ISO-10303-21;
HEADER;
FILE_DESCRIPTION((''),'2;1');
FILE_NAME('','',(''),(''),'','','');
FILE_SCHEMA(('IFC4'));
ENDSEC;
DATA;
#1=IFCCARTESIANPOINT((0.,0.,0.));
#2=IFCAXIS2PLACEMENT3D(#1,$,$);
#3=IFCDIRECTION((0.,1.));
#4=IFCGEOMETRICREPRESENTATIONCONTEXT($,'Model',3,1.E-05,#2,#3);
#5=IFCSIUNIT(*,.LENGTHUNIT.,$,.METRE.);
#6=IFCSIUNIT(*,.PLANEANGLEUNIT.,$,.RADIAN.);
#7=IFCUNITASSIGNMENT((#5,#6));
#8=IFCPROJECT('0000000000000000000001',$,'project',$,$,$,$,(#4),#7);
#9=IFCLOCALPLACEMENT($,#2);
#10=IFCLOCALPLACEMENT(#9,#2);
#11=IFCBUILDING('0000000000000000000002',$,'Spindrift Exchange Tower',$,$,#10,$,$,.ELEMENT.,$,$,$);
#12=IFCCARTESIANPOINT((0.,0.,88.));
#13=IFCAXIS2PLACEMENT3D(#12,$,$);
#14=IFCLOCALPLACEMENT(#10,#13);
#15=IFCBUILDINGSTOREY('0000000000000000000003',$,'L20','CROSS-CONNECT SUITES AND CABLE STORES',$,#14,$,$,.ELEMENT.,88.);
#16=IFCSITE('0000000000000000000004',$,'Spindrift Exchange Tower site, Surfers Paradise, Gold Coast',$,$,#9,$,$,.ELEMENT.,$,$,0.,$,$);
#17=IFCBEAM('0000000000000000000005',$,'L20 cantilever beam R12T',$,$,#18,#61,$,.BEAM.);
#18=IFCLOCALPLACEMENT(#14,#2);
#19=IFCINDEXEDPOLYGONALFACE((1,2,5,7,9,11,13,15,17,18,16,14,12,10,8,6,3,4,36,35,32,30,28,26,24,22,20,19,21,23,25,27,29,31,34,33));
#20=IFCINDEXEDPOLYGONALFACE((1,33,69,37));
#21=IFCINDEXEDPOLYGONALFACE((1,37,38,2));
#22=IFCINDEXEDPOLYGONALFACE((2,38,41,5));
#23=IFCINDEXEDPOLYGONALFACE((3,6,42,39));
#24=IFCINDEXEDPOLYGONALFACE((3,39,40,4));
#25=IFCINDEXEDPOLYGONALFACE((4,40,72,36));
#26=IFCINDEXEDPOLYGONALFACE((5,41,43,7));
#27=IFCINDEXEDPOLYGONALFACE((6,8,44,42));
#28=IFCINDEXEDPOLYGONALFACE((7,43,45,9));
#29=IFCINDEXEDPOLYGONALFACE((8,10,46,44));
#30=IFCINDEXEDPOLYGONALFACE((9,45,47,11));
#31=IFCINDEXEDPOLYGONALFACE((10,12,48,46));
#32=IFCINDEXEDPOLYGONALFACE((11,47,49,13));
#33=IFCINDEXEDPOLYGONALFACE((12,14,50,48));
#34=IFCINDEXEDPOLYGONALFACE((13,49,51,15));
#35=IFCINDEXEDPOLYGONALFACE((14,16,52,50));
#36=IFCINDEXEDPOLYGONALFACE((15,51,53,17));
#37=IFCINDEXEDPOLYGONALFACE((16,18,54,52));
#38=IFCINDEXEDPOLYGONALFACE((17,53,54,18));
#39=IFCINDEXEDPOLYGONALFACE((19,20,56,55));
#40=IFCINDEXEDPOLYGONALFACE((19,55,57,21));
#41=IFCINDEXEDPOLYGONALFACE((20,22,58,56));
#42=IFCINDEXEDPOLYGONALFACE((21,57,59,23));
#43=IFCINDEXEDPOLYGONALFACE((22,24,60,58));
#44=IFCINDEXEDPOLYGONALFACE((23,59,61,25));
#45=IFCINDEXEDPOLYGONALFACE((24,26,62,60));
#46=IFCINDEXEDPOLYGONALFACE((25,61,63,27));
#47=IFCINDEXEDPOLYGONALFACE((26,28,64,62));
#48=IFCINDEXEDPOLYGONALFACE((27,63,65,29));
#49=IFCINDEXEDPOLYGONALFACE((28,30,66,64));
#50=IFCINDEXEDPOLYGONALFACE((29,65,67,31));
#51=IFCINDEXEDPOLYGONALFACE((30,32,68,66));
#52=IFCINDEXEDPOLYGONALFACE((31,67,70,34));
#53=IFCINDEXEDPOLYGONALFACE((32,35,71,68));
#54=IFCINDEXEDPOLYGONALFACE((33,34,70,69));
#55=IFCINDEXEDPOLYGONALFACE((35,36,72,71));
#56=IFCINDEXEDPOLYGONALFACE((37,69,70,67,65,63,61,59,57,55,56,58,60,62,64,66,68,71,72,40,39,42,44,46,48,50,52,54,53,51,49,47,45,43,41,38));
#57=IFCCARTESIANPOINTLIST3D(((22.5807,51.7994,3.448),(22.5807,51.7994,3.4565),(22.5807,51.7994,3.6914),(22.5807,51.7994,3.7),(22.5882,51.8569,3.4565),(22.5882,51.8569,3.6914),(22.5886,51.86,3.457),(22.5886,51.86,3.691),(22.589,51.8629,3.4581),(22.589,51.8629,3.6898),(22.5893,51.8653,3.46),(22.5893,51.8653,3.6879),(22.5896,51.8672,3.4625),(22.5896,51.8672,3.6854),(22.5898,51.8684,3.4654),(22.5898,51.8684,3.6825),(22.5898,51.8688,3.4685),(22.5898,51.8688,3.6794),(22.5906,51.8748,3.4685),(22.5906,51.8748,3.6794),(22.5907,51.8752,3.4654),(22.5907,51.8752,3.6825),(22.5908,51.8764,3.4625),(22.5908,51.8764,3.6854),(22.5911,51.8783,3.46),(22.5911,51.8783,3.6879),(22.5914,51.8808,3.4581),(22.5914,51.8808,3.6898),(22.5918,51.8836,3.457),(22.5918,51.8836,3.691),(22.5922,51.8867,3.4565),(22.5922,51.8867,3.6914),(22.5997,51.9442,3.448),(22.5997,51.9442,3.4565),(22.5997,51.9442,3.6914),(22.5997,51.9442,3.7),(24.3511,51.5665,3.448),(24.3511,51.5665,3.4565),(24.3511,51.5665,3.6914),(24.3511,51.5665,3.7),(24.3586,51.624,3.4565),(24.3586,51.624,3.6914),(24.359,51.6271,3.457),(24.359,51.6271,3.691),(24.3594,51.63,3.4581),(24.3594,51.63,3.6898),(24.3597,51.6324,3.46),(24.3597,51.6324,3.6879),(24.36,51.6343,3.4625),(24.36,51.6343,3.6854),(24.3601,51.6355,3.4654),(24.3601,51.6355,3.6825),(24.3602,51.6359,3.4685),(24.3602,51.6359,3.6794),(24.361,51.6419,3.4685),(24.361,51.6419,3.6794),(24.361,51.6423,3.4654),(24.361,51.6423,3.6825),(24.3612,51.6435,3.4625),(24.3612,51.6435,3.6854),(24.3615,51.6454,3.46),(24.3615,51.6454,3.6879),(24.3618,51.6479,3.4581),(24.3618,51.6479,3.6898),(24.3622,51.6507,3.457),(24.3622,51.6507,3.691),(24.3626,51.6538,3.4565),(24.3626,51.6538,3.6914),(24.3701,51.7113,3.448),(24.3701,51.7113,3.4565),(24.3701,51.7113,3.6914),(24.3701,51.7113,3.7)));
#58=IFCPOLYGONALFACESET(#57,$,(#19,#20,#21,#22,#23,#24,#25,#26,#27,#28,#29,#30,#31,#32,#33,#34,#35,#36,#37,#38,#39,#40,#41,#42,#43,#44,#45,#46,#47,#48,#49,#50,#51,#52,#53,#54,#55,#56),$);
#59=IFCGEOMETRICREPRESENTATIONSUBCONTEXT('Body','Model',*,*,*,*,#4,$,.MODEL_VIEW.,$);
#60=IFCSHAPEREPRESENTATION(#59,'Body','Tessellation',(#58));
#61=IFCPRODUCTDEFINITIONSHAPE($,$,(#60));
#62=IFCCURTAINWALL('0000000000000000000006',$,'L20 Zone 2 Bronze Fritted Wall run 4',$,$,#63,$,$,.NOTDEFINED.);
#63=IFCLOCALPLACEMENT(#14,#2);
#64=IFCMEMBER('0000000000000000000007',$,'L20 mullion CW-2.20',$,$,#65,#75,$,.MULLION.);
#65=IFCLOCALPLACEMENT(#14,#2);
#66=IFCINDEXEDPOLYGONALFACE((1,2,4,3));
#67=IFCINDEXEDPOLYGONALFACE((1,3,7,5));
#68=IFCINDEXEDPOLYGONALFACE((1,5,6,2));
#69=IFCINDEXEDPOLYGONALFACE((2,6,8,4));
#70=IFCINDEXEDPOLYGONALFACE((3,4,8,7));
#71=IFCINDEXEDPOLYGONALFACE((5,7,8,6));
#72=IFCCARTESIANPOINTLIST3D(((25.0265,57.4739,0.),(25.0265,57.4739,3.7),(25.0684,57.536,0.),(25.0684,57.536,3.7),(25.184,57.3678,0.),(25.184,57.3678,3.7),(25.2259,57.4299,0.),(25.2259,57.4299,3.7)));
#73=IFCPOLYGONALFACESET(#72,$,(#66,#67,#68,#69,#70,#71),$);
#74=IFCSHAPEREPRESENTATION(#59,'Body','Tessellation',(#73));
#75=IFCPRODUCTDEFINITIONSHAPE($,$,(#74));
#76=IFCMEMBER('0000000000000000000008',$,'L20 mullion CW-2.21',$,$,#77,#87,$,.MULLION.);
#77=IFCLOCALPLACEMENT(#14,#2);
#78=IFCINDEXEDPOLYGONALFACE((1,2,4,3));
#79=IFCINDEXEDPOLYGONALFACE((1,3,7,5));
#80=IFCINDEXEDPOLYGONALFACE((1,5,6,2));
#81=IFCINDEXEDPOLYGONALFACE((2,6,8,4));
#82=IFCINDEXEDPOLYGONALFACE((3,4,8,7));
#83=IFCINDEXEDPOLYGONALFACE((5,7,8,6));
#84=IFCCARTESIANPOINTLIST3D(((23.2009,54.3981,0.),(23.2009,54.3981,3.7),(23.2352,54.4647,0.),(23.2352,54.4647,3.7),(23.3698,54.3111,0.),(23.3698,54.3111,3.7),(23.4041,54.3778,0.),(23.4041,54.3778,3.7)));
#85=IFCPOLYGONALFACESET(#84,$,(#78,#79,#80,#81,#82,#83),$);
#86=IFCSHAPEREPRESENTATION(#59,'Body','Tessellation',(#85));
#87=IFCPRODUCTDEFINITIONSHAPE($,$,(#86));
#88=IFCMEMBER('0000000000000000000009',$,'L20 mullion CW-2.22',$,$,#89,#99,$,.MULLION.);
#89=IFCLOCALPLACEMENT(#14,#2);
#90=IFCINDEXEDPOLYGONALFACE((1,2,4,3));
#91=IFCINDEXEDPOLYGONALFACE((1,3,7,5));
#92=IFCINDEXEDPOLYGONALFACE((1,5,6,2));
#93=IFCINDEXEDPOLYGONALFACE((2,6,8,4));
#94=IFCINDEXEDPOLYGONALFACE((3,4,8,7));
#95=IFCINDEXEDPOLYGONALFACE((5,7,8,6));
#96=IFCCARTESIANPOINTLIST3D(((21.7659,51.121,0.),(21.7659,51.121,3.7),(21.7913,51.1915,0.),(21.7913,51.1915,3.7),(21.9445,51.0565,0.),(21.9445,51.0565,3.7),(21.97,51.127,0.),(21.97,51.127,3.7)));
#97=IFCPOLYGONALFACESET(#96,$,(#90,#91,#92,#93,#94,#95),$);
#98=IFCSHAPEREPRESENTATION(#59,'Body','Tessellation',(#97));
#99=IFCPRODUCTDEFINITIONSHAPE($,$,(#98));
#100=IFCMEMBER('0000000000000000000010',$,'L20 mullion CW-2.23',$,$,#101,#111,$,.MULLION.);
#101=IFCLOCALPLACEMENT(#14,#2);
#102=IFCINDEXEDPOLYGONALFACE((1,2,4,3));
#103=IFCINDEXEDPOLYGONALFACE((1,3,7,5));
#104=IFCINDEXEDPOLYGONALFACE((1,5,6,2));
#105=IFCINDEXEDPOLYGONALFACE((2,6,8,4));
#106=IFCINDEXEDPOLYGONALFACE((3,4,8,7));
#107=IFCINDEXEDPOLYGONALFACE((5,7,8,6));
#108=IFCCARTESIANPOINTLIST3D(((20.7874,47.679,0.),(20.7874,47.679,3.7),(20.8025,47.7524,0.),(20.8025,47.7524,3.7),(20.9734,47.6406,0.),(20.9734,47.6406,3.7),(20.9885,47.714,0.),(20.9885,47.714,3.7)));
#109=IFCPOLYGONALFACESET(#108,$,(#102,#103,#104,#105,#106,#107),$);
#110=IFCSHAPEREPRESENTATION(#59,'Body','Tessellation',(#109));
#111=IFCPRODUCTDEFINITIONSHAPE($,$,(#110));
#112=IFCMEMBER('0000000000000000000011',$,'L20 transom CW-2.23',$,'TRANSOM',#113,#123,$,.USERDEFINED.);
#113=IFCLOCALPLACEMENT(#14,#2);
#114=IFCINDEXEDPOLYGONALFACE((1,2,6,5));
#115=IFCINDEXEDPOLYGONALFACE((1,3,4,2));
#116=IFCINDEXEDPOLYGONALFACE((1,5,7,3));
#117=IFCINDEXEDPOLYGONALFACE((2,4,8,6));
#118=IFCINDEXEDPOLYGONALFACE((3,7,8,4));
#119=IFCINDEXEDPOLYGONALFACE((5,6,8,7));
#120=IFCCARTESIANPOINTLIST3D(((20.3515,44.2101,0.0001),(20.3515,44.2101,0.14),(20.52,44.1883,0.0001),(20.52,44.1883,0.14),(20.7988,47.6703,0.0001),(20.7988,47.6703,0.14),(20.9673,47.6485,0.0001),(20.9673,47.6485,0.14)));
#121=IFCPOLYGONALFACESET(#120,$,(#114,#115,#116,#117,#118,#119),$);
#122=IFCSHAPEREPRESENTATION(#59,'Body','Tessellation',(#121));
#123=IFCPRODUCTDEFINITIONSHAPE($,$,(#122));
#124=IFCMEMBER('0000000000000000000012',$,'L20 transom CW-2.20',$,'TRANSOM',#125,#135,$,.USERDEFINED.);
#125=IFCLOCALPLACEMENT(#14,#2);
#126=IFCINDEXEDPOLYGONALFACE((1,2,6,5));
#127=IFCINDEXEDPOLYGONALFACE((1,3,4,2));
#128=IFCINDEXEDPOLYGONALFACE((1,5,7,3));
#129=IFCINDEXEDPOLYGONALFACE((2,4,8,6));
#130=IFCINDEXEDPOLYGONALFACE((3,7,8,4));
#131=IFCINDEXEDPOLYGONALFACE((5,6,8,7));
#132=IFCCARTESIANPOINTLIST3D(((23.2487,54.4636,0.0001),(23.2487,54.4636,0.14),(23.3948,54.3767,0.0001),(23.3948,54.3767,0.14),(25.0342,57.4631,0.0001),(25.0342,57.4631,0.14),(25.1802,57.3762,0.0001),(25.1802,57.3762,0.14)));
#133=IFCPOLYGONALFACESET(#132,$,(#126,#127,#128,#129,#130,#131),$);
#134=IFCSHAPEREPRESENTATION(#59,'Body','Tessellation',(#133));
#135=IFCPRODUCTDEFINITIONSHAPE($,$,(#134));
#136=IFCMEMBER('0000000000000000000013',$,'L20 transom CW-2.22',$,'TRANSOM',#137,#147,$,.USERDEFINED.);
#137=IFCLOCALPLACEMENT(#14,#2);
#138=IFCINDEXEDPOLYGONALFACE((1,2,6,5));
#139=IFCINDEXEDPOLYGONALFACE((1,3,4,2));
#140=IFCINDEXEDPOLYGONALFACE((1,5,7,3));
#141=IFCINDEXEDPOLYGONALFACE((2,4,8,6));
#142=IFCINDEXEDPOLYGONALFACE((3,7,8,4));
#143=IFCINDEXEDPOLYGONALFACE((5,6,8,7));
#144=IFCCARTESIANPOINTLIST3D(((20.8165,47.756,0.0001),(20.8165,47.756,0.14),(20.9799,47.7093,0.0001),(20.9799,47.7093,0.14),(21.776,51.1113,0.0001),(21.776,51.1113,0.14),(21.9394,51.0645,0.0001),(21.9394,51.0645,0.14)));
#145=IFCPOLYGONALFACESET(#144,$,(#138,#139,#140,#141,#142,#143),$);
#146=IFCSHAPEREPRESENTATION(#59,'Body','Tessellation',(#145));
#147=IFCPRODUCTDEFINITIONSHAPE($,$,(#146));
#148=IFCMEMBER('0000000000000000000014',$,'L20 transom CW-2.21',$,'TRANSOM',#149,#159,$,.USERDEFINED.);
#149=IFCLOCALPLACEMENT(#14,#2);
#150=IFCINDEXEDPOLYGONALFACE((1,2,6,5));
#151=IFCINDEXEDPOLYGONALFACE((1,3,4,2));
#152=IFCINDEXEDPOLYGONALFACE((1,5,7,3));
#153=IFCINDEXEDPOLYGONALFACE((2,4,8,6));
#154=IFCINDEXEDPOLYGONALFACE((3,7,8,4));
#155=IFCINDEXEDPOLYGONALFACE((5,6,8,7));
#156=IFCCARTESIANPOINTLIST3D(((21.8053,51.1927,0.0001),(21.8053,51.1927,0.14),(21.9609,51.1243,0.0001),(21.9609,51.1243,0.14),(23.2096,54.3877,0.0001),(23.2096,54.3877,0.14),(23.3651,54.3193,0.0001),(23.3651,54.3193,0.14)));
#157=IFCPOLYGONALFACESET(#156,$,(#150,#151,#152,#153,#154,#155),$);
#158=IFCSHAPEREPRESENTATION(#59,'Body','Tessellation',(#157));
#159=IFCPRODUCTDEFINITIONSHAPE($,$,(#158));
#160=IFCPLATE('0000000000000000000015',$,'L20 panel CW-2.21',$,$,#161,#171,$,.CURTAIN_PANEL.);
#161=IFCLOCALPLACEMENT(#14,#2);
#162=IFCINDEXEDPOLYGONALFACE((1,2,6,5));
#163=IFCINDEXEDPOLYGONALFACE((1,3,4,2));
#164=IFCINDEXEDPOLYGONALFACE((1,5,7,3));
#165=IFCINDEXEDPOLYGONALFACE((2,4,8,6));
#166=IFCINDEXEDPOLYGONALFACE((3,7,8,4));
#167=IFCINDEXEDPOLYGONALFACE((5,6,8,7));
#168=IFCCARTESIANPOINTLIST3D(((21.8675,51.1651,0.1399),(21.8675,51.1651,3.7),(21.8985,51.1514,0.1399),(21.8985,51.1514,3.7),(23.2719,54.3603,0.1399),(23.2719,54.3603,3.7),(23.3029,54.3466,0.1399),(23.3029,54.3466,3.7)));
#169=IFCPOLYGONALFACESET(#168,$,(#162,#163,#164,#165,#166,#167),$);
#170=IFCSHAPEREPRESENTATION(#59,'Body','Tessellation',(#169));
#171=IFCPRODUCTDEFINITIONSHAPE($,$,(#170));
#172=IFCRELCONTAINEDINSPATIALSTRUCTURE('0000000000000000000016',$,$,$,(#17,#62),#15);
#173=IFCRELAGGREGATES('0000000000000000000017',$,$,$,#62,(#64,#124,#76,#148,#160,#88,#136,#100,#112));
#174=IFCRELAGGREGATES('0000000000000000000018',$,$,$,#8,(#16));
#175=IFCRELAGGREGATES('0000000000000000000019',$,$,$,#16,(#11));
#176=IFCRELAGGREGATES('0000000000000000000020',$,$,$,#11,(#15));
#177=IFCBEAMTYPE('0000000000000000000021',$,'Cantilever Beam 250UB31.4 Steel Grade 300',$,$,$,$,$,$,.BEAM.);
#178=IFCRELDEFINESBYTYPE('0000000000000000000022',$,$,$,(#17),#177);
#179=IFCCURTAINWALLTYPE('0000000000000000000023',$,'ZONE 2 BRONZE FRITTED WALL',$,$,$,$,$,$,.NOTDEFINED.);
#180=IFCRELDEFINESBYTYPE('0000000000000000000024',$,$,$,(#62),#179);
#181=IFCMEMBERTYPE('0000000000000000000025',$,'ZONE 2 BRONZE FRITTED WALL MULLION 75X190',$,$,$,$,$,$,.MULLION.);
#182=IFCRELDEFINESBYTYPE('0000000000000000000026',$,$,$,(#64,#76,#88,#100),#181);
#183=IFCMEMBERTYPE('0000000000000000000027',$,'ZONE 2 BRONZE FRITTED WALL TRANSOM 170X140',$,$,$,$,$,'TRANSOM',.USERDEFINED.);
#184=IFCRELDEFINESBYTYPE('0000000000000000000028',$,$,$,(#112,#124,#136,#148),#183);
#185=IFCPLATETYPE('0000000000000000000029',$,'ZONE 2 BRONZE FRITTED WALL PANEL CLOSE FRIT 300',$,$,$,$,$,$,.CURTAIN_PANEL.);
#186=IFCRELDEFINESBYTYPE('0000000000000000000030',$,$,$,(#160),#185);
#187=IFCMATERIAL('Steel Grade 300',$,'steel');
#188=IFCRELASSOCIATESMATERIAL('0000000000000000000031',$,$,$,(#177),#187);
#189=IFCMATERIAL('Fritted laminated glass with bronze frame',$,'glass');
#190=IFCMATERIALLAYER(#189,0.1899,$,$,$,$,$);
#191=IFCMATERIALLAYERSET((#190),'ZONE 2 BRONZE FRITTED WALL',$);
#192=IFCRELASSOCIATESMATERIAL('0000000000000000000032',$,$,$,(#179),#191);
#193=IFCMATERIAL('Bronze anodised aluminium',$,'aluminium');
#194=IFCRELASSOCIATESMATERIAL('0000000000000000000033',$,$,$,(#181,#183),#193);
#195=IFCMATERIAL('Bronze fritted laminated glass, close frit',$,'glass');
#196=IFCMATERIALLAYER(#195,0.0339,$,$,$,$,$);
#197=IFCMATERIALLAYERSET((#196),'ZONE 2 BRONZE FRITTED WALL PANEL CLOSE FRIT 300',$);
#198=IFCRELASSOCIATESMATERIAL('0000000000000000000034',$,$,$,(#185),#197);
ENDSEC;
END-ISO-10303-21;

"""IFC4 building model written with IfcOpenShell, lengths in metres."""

from ifc_helpers import new_model, si_unit, direction, frame, origin, origin_2d, place, context, subcontext, project, spatial, rectangle, i_section, extrude, source, transform, mapped, material, layer, layer_set, material_profile, profile_set, type_object, element, aggregate, save


model = new_model("IFC4")

# Units and contexts
model_context = context("Model", 3, precision=1e-05, world=origin(), true_north=direction((0.0, 1.0)))
body_context = subcontext(model_context, "Body", "Model", "MODEL_VIEW")
ifc_project = project(units=[si_unit("LENGTHUNIT", "METRE"), si_unit("PLANEANGLEUNIT", "RADIAN")], contexts=[model_context])

# Site, building, storey
site_placement = place(None, origin())
site = spatial("IfcSite", under=ifc_project, at=site_placement, Name="Spindrift Exchange Tower site, Surfers Paradise, Gold Coast", CompositionType="ELEMENT", RefElevation=0.0)
building_placement = place(site_placement, origin())
building = spatial("IfcBuilding", under=site, at=building_placement, Name="Spindrift Exchange Tower", CompositionType="ELEMENT")
storey_placement = place(building_placement, frame((0.0, 0.0, 88.0)))
storey = spatial("IfcBuildingStorey", under=building, at=storey_placement, Name="L20", Description="CROSS-CONNECT SUITES AND CABLE STORES", CompositionType="ELEMENT", Elevation=88.0)

# Beam
ifc_material_1 = material(Name="Steel Grade 300", Category="steel")
ifc_material_profile_1 = material_profile(ifc_material_1, i_section(OverallWidth=0.146, OverallDepth=0.252, WebThickness=0.0061, FlangeThickness=0.0085, FilletRadius=0.012, at=origin_2d()), Name="250UB31.4")
ifc_profile_set_1 = profile_set([ifc_material_profile_1], Name="Steel Grade 300")
beam_type_1 = type_object("IfcBeamType", Name="Cantilever Beam 250UB31.4 Steel Grade 300", PredefinedType="BEAM", material=ifc_profile_set_1)
shared_shape_1 = source(origin(), body_context, "Body", "SweptSolid", [
    extrude(i_section(OverallWidth=0.146, OverallDepth=0.252, WebThickness=0.0061, FlangeThickness=0.0085, FilletRadius=0.012, at=origin_2d()), origin(), (0.0, 0.0, 1.0), 1.7856),
])
beam_1_placement = place(storey_placement, frame((24.3606, 51.6389, 3.574), z_axis=(-0.991458, 0.130426, 0.0), x_axis=(-0.130426, -0.991458, 0.0)))
element("IfcBeam", 1, at=beam_1_placement, inside=storey, type_object=beam_type_1, Name="L20 cantilever beam R12T", PredefinedType="BEAM", context=body_context, shape_type="MappedRepresentation", body=[
    mapped(shared_shape_1, transform((0.0, 0.0, 0.0), scale=1.0)),
])

# Curtain wall, members, plate
ifc_material_2 = material(Name="Fritted laminated glass with bronze frame", Category="glass")
ifc_layer_1 = layer(ifc_material_2, 0.1899)
ifc_layer_set_1 = layer_set([ifc_layer_1], Name="ZONE 2 BRONZE FRITTED WALL")
curtain_wall_type = type_object("IfcCurtainWallType", Name="ZONE 2 BRONZE FRITTED WALL", PredefinedType="NOTDEFINED", material=ifc_layer_set_1)
curtain_wall_placement = place(storey_placement, origin())
curtain_wall = element("IfcCurtainWall", 2, at=curtain_wall_placement, inside=storey, type_object=curtain_wall_type, Name="L20 Zone 2 Bronze Fritted Wall run 4", PredefinedType="NOTDEFINED")
ifc_material_3 = material(Name="Bronze anodised aluminium", Category="aluminium")
ifc_material_profile_2 = material_profile(ifc_material_3, rectangle(XDim=0.075, YDim=0.1899, at=origin_2d()), Name="ZONE 2 BRONZE FRITTED WALL MULLION 75X190")
ifc_profile_set_2 = profile_set([ifc_material_profile_2], Name="Bronze anodised aluminium")
member_type_1 = type_object("IfcMemberType", Name="ZONE 2 BRONZE FRITTED WALL MULLION 75X190", PredefinedType="MULLION", material=ifc_profile_set_2)
shared_shape_2 = source(origin(), body_context, "Body", "SweptSolid", [
    extrude(rectangle(XDim=0.075, YDim=0.1899, at=origin_2d()), origin(), (0.0, 0.0, 1.0), 3.7),
])
member_1_placement = place(storey_placement, frame((25.1262, 57.4519, 0.0), z_axis=(0.0, 0.0, 1.0), x_axis=(-0.558743, -0.829341, 0.0)))
member_1 = element("IfcMember", 3, at=member_1_placement, type_object=member_type_1, Name="L20 mullion CW-2.20", PredefinedType="MULLION", context=body_context, shape_type="MappedRepresentation", body=[
    mapped(shared_shape_2, transform((0.0, 0.0, 0.0), scale=1.0)),
])
member_2_placement = place(storey_placement, frame((23.3025, 54.3879, 0.0), z_axis=(0.0, 0.0, 1.0), x_axis=(-0.457795, -0.889058, 0.0)))
member_2 = element("IfcMember", 4, at=member_2_placement, type_object=member_type_1, Name="L20 mullion CW-2.21", PredefinedType="MULLION", context=body_context, shape_type="MappedRepresentation", body=[
    mapped(shared_shape_2, transform((0.0, 0.0, 0.0), scale=1.0)),
])
member_3_placement = place(storey_placement, frame((21.8679, 51.124, 0.0), z_axis=(0.0, 0.0, 1.0), x_axis=(-0.339428, -0.940632, 0.0)))
member_3 = element("IfcMember", 5, at=member_3_placement, type_object=member_type_1, Name="L20 mullion CW-2.22", PredefinedType="MULLION", context=body_context, shape_type="MappedRepresentation", body=[
    mapped(shared_shape_2, transform((0.0, 0.0, 0.0), scale=1.0)),
])
member_4_placement = place(storey_placement, frame((20.8879, 47.6965, 0.0), z_axis=(0.0, 0.0, 1.0), x_axis=(-0.202124, -0.97936, 0.0)))
member_4 = element("IfcMember", 6, at=member_4_placement, type_object=member_type_1, Name="L20 mullion CW-2.23", PredefinedType="MULLION", context=body_context, shape_type="MappedRepresentation", body=[
    mapped(shared_shape_2, transform((0.0, 0.0, 0.0), scale=1.0)),
])
ifc_material_profile_3 = material_profile(ifc_material_3, rectangle(XDim=0.1699, YDim=0.1399, at=origin_2d()), Name="ZONE 2 BRONZE FRITTED WALL TRANSOM 170X140")
ifc_profile_set_3 = profile_set([ifc_material_profile_3], Name="Bronze anodised aluminium")
member_type_2 = type_object("IfcMemberType", Name="ZONE 2 BRONZE FRITTED WALL TRANSOM 170X140", ElementType="TRANSOM", PredefinedType="USERDEFINED", material=ifc_profile_set_3)
shared_shape_3 = source(origin(), body_context, "Body", "SweptSolid", [
    extrude(rectangle(XDim=0.1699, YDim=0.1399, at=origin_2d()), origin(), (0.0, 0.0, 1.0), 3.489),
])
member_5_placement = place(storey_placement, frame((20.8831, 47.6594, 0.0701), z_axis=(-0.128193, -0.991749, 0.0), x_axis=(0.991749, -0.128193, 0.0)))
member_5 = element("IfcMember", 7, at=member_5_placement, type_object=member_type_2, Name="L20 transom CW-2.23", ObjectType="TRANSOM", PredefinedType="USERDEFINED", context=body_context, shape_type="MappedRepresentation", body=[
    mapped(shared_shape_3, transform((0.0, 0.0, 0.0), scale=1.0)),
])
shared_shape_4 = source(origin(), body_context, "Body", "SweptSolid", [
    extrude(rectangle(XDim=0.1699, YDim=0.1399, at=origin_2d()), origin(), (0.0, 0.0, 1.0), 3.4907),
])
member_6_placement = place(storey_placement, frame((25.1072, 57.4197, 0.0701), z_axis=(-0.511479, -0.859296, 0.0), x_axis=(0.859296, -0.511479, 0.0)))
member_6 = element("IfcMember", 8, at=member_6_placement, type_object=member_type_2, Name="L20 transom CW-2.20", ObjectType="TRANSOM", PredefinedType="USERDEFINED", context=body_context, shape_type="MappedRepresentation", body=[
    mapped(shared_shape_4, transform((0.0, 0.0, 0.0), scale=1.0)),
])
shared_shape_5 = source(origin(), body_context, "Body", "SweptSolid", [
    extrude(rectangle(XDim=0.1699, YDim=0.1399, at=origin_2d()), origin(), (0.0, 0.0, 1.0), 3.4897),
])
member_7_placement = place(storey_placement, frame((21.8577, 51.0879, 0.0701), z_axis=(-0.274943, -0.961461, 0.0), x_axis=(0.961461, -0.274943, 0.0)))
member_7 = element("IfcMember", 9, at=member_7_placement, type_object=member_type_2, Name="L20 transom CW-2.22", ObjectType="TRANSOM", PredefinedType="USERDEFINED", context=body_context, shape_type="MappedRepresentation", body=[
    mapped(shared_shape_5, transform((0.0, 0.0, 0.0), scale=1.0)),
])
shared_shape_6 = source(origin(), body_context, "Body", "SweptSolid", [
    extrude(rectangle(XDim=0.1699, YDim=0.1399, at=origin_2d()), origin(), (0.0, 0.0, 1.0), 3.49),
])
member_8_placement = place(storey_placement, frame((23.2874, 54.3535, 0.0701), z_axis=(-0.402371, -0.915477, 0.0), x_axis=(0.915477, -0.402371, 0.0)))
member_8 = element("IfcMember", 10, at=member_8_placement, type_object=member_type_2, Name="L20 transom CW-2.21", ObjectType="TRANSOM", PredefinedType="USERDEFINED", context=body_context, shape_type="MappedRepresentation", body=[
    mapped(shared_shape_6, transform((0.0, 0.0, 0.0), scale=1.0)),
])
ifc_material_4 = material(Name="Bronze fritted laminated glass, close frit", Category="glass")
ifc_layer_2 = layer(ifc_material_4, 0.0339)
ifc_layer_set_2 = layer_set([ifc_layer_2], Name="ZONE 2 BRONZE FRITTED WALL PANEL CLOSE FRIT 300")
plate_type_1 = type_object("IfcPlateType", Name="ZONE 2 BRONZE FRITTED WALL PANEL CLOSE FRIT 300", PredefinedType="CURTAIN_PANEL", material=ifc_layer_set_2)
shared_shape_7 = source(origin(), body_context, "Body", "SweptSolid", [
    extrude(rectangle(XDim=3.4902, YDim=0.0339, at=origin_2d()), origin(), (0.0, 0.0, 1.0), 3.5601),
])
plate_1_placement = place(storey_placement, frame((22.5852, 52.7559, 0.1399), z_axis=(0.0, 0.0, 1.0), x_axis=(-0.402382, -0.915472, 0.0)))
plate_1 = element("IfcPlate", 11, at=plate_1_placement, type_object=plate_type_1, Name="L20 panel CW-2.21", PredefinedType="CURTAIN_PANEL", context=body_context, shape_type="MappedRepresentation", body=[
    mapped(shared_shape_7, transform((0.0, 0.0, 0.0), scale=1.0)),
])
aggregate(curtain_wall, [member_1, member_6, member_2, member_8, plate_1, member_3, member_7, member_4, member_5])

save(model, "model.ifc")
